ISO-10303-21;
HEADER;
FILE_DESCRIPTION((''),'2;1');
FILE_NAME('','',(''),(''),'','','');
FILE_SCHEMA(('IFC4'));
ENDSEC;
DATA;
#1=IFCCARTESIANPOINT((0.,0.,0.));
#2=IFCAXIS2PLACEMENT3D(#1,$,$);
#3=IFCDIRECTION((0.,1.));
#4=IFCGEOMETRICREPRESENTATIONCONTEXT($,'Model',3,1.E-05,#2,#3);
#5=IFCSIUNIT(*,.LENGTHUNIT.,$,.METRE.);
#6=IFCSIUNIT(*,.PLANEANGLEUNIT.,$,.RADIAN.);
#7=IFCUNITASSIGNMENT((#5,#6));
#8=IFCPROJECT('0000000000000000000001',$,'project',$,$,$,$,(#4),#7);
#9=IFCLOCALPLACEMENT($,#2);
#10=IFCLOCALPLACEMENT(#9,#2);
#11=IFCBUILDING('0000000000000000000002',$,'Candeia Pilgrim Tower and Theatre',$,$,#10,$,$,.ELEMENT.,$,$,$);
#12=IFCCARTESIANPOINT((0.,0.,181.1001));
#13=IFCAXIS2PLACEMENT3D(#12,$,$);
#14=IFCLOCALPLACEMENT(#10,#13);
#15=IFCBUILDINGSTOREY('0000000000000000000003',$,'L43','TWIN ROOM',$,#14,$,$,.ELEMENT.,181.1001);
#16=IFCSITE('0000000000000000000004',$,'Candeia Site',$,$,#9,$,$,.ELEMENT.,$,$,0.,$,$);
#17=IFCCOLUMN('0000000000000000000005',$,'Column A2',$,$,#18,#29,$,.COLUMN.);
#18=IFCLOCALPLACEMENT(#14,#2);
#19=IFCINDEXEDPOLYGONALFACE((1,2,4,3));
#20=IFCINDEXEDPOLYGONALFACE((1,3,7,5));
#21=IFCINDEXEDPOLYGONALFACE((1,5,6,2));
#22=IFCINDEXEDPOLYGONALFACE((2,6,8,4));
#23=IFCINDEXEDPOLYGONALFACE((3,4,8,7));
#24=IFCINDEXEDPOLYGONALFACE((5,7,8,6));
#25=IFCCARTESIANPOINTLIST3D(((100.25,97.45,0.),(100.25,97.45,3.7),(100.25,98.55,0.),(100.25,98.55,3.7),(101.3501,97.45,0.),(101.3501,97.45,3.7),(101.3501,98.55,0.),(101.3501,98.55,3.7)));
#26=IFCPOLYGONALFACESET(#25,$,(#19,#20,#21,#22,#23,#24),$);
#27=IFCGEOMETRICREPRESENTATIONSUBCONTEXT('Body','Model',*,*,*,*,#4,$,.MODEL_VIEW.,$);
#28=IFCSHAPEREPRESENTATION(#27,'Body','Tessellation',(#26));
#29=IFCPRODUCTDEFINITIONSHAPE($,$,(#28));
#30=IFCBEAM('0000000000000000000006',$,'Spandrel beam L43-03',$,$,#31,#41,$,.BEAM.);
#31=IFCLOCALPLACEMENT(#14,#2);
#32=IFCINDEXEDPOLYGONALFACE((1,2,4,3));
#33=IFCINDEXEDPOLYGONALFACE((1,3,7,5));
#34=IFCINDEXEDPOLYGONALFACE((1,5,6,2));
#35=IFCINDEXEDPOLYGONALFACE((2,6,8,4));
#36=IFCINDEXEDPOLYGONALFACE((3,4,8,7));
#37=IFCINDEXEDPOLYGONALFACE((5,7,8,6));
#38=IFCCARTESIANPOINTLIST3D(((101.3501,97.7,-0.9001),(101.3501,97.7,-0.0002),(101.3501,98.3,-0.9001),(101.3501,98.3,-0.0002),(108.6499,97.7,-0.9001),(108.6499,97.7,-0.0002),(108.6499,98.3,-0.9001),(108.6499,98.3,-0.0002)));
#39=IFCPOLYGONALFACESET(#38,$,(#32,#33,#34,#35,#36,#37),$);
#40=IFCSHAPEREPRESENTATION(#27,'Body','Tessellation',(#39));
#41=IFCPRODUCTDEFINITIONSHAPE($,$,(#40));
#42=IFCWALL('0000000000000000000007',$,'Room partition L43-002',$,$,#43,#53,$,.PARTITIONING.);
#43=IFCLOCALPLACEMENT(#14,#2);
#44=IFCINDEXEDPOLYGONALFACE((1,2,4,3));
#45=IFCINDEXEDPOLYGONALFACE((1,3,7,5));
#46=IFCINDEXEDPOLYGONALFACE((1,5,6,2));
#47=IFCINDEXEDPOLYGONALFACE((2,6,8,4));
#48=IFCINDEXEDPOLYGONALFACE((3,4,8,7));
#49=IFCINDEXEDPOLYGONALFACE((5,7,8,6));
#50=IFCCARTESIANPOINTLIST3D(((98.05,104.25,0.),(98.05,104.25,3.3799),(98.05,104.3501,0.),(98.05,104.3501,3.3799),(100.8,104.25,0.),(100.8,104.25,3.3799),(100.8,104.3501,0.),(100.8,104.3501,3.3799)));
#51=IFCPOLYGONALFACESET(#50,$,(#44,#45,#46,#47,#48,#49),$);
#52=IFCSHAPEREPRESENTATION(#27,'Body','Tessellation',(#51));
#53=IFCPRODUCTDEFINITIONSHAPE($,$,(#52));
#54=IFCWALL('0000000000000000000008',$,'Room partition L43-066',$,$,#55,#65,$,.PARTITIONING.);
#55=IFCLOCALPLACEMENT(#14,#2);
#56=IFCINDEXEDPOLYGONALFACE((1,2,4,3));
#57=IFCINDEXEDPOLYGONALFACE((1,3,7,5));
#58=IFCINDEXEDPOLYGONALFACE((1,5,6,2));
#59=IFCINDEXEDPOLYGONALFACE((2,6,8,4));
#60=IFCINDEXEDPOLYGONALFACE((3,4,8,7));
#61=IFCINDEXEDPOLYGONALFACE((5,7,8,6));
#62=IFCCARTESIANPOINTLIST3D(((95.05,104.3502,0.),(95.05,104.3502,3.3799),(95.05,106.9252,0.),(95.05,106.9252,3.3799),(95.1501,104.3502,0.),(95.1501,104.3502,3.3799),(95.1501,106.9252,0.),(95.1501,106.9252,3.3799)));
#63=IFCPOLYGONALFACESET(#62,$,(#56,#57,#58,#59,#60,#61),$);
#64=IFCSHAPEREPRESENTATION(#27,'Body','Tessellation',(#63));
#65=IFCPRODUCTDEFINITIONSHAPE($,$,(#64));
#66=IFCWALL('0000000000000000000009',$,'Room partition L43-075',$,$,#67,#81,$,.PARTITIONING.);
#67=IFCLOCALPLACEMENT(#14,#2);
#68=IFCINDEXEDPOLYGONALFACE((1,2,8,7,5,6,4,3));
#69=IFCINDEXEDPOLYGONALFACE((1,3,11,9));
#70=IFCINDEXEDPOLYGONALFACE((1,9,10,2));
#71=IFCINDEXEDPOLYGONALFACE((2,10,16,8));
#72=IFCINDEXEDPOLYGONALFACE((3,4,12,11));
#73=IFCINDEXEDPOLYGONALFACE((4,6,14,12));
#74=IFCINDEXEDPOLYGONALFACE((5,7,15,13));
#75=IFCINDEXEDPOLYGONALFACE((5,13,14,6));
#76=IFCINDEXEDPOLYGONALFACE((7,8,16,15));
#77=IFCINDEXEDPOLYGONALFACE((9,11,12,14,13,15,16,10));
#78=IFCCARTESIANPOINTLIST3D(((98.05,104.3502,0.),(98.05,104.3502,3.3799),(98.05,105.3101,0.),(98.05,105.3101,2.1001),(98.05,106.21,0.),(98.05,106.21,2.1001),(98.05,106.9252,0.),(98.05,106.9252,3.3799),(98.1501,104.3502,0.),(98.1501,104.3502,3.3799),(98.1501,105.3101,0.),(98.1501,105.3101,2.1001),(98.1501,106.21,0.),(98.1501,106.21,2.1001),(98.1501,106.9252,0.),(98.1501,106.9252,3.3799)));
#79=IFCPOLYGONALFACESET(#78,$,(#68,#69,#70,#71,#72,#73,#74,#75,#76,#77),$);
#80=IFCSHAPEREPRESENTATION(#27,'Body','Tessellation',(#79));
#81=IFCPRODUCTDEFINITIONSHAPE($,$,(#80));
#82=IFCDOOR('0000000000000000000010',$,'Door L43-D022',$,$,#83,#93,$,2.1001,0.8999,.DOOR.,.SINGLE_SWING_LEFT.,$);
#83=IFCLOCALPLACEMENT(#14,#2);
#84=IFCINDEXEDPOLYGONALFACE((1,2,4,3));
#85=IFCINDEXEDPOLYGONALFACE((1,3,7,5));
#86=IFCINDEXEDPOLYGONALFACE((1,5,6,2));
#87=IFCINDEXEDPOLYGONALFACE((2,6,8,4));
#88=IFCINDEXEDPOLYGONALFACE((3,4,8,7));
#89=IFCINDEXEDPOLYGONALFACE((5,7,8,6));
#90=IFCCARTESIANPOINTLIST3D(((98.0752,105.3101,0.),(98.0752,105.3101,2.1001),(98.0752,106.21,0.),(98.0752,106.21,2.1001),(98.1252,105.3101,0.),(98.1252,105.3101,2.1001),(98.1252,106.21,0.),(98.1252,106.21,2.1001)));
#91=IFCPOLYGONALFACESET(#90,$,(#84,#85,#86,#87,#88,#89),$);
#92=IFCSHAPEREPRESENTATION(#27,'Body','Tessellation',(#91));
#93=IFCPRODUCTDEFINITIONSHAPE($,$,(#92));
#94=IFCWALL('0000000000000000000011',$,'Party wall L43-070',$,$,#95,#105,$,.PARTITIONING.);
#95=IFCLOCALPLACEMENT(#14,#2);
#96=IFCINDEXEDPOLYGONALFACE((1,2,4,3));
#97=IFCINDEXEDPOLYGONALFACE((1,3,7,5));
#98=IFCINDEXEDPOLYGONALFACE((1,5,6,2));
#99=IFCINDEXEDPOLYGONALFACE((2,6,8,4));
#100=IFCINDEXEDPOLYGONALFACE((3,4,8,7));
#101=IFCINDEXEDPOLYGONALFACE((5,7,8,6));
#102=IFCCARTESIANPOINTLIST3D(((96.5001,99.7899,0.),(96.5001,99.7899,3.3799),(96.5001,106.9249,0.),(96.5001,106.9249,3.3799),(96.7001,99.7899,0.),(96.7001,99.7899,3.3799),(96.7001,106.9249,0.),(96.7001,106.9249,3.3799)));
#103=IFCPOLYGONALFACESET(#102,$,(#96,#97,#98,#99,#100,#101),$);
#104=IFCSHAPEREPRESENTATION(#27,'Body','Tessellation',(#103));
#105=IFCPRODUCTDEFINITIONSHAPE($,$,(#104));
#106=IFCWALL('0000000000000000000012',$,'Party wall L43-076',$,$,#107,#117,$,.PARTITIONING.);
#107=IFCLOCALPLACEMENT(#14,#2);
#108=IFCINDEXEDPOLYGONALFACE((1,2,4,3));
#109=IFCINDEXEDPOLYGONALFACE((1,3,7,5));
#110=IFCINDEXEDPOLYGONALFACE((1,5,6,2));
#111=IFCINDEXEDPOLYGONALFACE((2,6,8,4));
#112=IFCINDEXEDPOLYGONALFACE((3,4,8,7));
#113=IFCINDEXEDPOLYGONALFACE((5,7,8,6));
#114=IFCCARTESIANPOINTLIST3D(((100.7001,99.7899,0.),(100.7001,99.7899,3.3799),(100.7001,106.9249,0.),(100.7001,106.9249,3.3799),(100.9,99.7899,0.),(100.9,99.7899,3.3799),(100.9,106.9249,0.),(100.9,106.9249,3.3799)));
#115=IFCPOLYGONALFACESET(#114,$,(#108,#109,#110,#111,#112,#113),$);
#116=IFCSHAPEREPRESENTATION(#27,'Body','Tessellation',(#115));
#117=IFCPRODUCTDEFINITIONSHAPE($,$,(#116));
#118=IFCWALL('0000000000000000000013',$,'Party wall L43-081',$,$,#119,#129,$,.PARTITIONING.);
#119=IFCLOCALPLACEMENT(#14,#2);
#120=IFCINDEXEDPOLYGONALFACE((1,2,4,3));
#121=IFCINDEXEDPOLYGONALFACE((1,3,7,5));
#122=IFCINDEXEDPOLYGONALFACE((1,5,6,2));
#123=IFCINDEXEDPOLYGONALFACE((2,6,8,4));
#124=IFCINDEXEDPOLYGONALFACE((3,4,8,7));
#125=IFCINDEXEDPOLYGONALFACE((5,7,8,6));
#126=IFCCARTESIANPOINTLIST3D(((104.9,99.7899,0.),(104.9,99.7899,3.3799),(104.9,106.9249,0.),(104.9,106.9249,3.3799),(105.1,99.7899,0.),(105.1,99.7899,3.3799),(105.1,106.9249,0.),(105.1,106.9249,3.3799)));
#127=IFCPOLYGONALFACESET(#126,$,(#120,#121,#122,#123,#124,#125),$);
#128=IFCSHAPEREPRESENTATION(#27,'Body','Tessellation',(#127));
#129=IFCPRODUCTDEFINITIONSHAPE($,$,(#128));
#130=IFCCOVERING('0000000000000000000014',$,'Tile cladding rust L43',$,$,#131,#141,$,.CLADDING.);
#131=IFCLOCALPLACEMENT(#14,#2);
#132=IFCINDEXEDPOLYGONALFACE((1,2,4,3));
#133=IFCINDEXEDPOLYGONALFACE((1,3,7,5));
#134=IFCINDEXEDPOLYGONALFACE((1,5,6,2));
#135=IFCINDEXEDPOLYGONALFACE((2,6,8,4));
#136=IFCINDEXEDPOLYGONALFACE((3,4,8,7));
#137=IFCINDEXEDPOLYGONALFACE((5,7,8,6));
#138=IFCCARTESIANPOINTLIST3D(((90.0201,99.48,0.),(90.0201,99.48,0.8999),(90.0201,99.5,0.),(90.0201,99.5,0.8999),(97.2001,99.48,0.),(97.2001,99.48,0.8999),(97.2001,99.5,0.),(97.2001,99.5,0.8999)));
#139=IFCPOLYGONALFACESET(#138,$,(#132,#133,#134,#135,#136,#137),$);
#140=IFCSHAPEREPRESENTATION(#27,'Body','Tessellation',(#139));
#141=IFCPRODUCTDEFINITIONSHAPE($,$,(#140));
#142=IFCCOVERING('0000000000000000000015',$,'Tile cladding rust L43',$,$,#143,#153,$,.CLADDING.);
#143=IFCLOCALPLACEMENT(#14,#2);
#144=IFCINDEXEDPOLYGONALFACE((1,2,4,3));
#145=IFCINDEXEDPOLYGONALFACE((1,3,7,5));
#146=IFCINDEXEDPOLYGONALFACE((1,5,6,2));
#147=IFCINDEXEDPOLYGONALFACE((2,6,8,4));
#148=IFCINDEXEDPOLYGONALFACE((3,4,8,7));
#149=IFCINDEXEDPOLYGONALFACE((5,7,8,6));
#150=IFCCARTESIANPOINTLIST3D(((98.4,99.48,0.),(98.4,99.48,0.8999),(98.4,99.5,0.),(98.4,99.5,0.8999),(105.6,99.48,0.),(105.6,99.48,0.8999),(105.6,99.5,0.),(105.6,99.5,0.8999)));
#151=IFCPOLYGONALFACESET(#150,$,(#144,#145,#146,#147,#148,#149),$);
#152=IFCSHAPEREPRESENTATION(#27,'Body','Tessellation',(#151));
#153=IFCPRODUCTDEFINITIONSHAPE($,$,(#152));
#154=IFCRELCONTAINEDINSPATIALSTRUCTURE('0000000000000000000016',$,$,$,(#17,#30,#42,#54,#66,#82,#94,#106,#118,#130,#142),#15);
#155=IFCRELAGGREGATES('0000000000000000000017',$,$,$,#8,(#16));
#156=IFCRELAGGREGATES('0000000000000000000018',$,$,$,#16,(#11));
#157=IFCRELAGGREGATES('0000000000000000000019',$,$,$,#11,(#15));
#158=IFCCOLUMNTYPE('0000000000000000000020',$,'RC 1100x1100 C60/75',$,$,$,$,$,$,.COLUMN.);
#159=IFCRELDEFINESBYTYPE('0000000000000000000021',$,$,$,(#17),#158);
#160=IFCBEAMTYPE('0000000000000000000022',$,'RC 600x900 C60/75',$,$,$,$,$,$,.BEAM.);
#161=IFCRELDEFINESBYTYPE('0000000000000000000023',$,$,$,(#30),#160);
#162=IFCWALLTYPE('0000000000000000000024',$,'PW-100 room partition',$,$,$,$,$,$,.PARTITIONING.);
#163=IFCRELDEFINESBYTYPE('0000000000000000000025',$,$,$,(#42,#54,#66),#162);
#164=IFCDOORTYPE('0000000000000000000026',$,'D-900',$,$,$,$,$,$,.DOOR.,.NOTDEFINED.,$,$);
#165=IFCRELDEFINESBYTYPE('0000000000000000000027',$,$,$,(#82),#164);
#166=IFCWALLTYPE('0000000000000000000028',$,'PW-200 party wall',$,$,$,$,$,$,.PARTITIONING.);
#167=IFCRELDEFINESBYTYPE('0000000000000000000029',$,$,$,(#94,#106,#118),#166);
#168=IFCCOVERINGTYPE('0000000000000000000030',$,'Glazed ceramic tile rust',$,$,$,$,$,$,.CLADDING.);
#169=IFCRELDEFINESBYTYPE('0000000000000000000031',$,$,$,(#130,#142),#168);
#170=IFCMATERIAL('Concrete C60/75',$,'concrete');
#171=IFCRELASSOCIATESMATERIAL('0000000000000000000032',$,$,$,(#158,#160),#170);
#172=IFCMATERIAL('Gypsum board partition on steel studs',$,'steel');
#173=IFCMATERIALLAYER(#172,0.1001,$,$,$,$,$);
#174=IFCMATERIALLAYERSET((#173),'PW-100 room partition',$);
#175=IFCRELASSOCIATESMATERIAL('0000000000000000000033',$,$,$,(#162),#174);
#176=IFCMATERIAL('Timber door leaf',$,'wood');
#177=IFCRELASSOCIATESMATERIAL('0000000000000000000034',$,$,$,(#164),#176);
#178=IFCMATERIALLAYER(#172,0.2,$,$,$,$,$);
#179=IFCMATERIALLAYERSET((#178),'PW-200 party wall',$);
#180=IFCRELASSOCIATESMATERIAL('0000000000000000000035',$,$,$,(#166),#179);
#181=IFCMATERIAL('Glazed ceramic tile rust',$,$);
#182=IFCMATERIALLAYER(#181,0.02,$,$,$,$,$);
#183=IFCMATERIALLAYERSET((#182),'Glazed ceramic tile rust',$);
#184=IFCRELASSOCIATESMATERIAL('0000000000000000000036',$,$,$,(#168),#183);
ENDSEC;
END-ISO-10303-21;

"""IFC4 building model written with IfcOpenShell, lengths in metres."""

from ifc_helpers import new_model, si_unit, direction, frame, frame_2d, origin, origin_2d, place, context, subcontext, project, spatial, rectangle, extrude, material, layer, layer_set, material_profile, profile_set, type_object, element, fill, save


model = new_model("IFC4")

# Units and contexts
model_context = context("Model", 3, precision=1e-05, world=origin(), true_north=direction((0.0, 1.0)))
body_context = subcontext(model_context, "Body", "Model", "MODEL_VIEW")
ifc_project = project(units=[si_unit("LENGTHUNIT", "METRE"), si_unit("PLANEANGLEUNIT", "RADIAN")], contexts=[model_context])

# Site, building, storey
site_placement = place(None, origin())
site = spatial("IfcSite", under=ifc_project, at=site_placement, Name="Candeia Site", CompositionType="ELEMENT", RefElevation=0.0)
building_placement = place(site_placement, origin())
building = spatial("IfcBuilding", under=site, at=building_placement, Name="Candeia Pilgrim Tower and Theatre", CompositionType="ELEMENT")
storey_placement = place(building_placement, frame((0.0, 0.0, 181.1001)))
storey = spatial("IfcBuildingStorey", under=building, at=storey_placement, Name="L43", Description="TWIN ROOM", CompositionType="ELEMENT", Elevation=181.1001)

# Column
ifc_material_1 = material(Name="Concrete C60/75", Category="concrete")
ifc_material_profile_1 = material_profile(ifc_material_1, rectangle(XDim=1.1001, YDim=1.1001, at=origin_2d()))
ifc_profile_set_1 = profile_set([ifc_material_profile_1], Name="Concrete C60/75")
column_type = type_object("IfcColumnType", Name="RC 1100x1100 C60/75", PredefinedType="COLUMN", material=ifc_profile_set_1)
column_placement = place(storey_placement, frame((100.8, 98.0, 0.0), z_axis=(0.0, 0.0, 1.0), x_axis=(1.0, 0.0, 0.0)))
element("IfcColumn", 1, at=column_placement, inside=storey, type_object=column_type, Name="Column A2", PredefinedType="COLUMN", context=body_context, shape_type="SweptSolid", body=[
    extrude(rectangle(XDim=1.1001, YDim=1.1001, at=origin_2d()), origin(), (0.0, 0.0, 1.0), 3.7),
])

# Beam
ifc_material_profile_2 = material_profile(ifc_material_1, rectangle(XDim=0.6001, YDim=0.8999, at=origin_2d()))
ifc_profile_set_2 = profile_set([ifc_material_profile_2], Name="Concrete C60/75")
beam_type = type_object("IfcBeamType", Name="RC 600x900 C60/75", PredefinedType="BEAM", material=ifc_profile_set_2)
beam_placement = place(storey_placement, frame((101.3501, 98.0, -0.4502), z_axis=(1.0, 0.0, 0.0), x_axis=(0.0, 1.0, 0.0)))
element("IfcBeam", 2, at=beam_placement, inside=storey, type_object=beam_type, Name="Spandrel beam L43-03", PredefinedType="BEAM", context=body_context, shape_type="SweptSolid", body=[
    extrude(rectangle(XDim=0.6001, YDim=0.8999, at=origin_2d()), origin(), (0.0, 0.0, 1.0), 7.2998),
])

# Walls
ifc_material_2 = material(Name="Gypsum board partition on steel studs", Category="steel")
ifc_layer_1 = layer(ifc_material_2, 0.1001)
ifc_layer_set_1 = layer_set([ifc_layer_1], Name="PW-100 room partition")
wall_type_1 = type_object("IfcWallType", Name="PW-100 room partition", PredefinedType="PARTITIONING", material=ifc_layer_set_1)
wall_1_placement = place(storey_placement, frame((98.05, 104.3, 0.0), z_axis=(0.0, 0.0, 1.0), x_axis=(1.0, 0.0, 0.0)))
element("IfcWall", 3, at=wall_1_placement, inside=storey, type_object=wall_type_1, Name="Room partition L43-002", PredefinedType="PARTITIONING", context=body_context, shape_type="SweptSolid", body=[
    extrude(rectangle(XDim=2.75, YDim=0.1001, at=frame_2d((1.375, 0.0))), origin(), (0.0, 0.0, 1.0), 3.3799),
])
wall_2_placement = place(storey_placement, frame((95.1001, 104.3501, 0.0), z_axis=(0.0, 0.0, 1.0), x_axis=(0.0, 1.0, 0.0)))
element("IfcWall", 4, at=wall_2_placement, inside=storey, type_object=wall_type_1, Name="Room partition L43-066", PredefinedType="PARTITIONING", context=body_context, shape_type="SweptSolid", body=[
    extrude(rectangle(XDim=2.575, YDim=0.1001, at=frame_2d((1.2876, 0.0))), origin(), (0.0, 0.0, 1.0), 3.3799),
])

# Wall, opening, door
wall_3_placement = place(storey_placement, frame((98.1001, 104.3501, 0.0), z_axis=(0.0, 0.0, 1.0), x_axis=(0.0, 1.0, 0.0)))
wall_3 = element("IfcWall", 5, at=wall_3_placement, inside=storey, type_object=wall_type_1, Name="Room partition L43-075", PredefinedType="PARTITIONING", context=body_context, shape_type="SweptSolid", body=[
    extrude(rectangle(XDim=2.575, YDim=0.1001, at=frame_2d((1.2876, 0.0))), origin(), (0.0, 0.0, 1.0), 3.3799),
])
opening_placement = place(wall_3_placement, frame((0.96, 0.0, 0.0)))
opening = element("IfcOpeningElement", 6, at=opening_placement, cuts=wall_3, PredefinedType="OPENING", context=body_context, shape_type="SweptSolid", body=[
    extrude(rectangle(XDim=0.8999, YDim=2.1001, at=frame_2d((0.45, 1.05))), frame((0.0, 0.0601, 0.0), z_axis=(0.0, -1.0, 0.0), x_axis=(1.0, 0.0, 0.0)), (0.0, 0.0, 1.0), 0.1201),
])
ifc_material_3 = material(Name="Timber door leaf", Category="wood")
door_type = type_object("IfcDoorType", Name="D-900", OperationType="NOTDEFINED", PredefinedType="DOOR", material=ifc_material_3)
door_placement = place(opening_placement, origin())
door = element("IfcDoor", 7, at=door_placement, inside=storey, type_object=door_type, Name="Door L43-D022", OperationType="SINGLE_SWING_LEFT", OverallHeight=2.1001, OverallWidth=0.8999, PredefinedType="DOOR", context=body_context, shape_type="SweptSolid", body=[
    extrude(rectangle(XDim=0.8999, YDim=2.1001, at=frame_2d((0.45, 1.05))), frame((0.0, 0.0249, 0.0), z_axis=(0.0, -1.0, 0.0), x_axis=(1.0, 0.0, 0.0)), (0.0, 0.0, 1.0), 0.05),
])
fill(opening, door)

# Walls
ifc_layer_2 = layer(ifc_material_2, 0.2)
ifc_layer_set_2 = layer_set([ifc_layer_2], Name="PW-200 party wall")
wall_type_2 = type_object("IfcWallType", Name="PW-200 party wall", PredefinedType="PARTITIONING", material=ifc_layer_set_2)
for number, where, z_axis, x_axis, name in (
    (8, (96.6001, 99.79, 0.0), (0.0, 0.0, 1.0), (0.0, 1.0, 0.0), "Party wall L43-070"),
    (9, (100.8, 99.79, 0.0), (0.0, 0.0, 1.0), (0.0, 1.0, 0.0), "Party wall L43-076"),
    (10, (105.0, 99.79, 0.0), (0.0, 0.0, 1.0), (0.0, 1.0, 0.0), "Party wall L43-081"),
):
    element("IfcWall", number, at=place(storey_placement, frame(where, z_axis=z_axis, x_axis=x_axis)), inside=storey, type_object=wall_type_2, Name=name, PredefinedType="PARTITIONING", context=body_context, shape_type="SweptSolid", body=[
        extrude(rectangle(XDim=7.135, YDim=0.2, at=frame_2d((3.5674, 0.0))), origin(), (0.0, 0.0, 1.0), 3.3799),
    ])

# Coverings
ifc_material_4 = material(Name="Glazed ceramic tile rust")
ifc_layer_3 = layer(ifc_material_4, 0.02)
ifc_layer_set_3 = layer_set([ifc_layer_3], Name="Glazed ceramic tile rust")
covering_type = type_object("IfcCoveringType", Name="Glazed ceramic tile rust", PredefinedType="CLADDING", material=ifc_layer_set_3)
covering_1_placement = place(storey_placement, frame((93.6101, 99.49, 0.0), z_axis=(0.0, 0.0, 1.0), x_axis=(1.0, 0.0, 0.0)))
element("IfcCovering", 11, at=covering_1_placement, inside=storey, type_object=covering_type, Name="Tile cladding rust L43", PredefinedType="CLADDING", context=body_context, shape_type="SweptSolid", body=[
    extrude(rectangle(XDim=7.1799, YDim=0.02, at=origin_2d()), origin(), (0.0, 0.0, 1.0), 0.8999),
])
covering_2_placement = place(storey_placement, frame((102.0, 99.49, 0.0), z_axis=(0.0, 0.0, 1.0), x_axis=(1.0, 0.0, 0.0)))
element("IfcCovering", 12, at=covering_2_placement, inside=storey, type_object=covering_type, Name="Tile cladding rust L43", PredefinedType="CLADDING", context=body_context, shape_type="SweptSolid", body=[
    extrude(rectangle(XDim=7.2, YDim=0.02, at=origin_2d()), origin(), (0.0, 0.0, 1.0), 0.8999),
])

save(model, "model.ifc")
